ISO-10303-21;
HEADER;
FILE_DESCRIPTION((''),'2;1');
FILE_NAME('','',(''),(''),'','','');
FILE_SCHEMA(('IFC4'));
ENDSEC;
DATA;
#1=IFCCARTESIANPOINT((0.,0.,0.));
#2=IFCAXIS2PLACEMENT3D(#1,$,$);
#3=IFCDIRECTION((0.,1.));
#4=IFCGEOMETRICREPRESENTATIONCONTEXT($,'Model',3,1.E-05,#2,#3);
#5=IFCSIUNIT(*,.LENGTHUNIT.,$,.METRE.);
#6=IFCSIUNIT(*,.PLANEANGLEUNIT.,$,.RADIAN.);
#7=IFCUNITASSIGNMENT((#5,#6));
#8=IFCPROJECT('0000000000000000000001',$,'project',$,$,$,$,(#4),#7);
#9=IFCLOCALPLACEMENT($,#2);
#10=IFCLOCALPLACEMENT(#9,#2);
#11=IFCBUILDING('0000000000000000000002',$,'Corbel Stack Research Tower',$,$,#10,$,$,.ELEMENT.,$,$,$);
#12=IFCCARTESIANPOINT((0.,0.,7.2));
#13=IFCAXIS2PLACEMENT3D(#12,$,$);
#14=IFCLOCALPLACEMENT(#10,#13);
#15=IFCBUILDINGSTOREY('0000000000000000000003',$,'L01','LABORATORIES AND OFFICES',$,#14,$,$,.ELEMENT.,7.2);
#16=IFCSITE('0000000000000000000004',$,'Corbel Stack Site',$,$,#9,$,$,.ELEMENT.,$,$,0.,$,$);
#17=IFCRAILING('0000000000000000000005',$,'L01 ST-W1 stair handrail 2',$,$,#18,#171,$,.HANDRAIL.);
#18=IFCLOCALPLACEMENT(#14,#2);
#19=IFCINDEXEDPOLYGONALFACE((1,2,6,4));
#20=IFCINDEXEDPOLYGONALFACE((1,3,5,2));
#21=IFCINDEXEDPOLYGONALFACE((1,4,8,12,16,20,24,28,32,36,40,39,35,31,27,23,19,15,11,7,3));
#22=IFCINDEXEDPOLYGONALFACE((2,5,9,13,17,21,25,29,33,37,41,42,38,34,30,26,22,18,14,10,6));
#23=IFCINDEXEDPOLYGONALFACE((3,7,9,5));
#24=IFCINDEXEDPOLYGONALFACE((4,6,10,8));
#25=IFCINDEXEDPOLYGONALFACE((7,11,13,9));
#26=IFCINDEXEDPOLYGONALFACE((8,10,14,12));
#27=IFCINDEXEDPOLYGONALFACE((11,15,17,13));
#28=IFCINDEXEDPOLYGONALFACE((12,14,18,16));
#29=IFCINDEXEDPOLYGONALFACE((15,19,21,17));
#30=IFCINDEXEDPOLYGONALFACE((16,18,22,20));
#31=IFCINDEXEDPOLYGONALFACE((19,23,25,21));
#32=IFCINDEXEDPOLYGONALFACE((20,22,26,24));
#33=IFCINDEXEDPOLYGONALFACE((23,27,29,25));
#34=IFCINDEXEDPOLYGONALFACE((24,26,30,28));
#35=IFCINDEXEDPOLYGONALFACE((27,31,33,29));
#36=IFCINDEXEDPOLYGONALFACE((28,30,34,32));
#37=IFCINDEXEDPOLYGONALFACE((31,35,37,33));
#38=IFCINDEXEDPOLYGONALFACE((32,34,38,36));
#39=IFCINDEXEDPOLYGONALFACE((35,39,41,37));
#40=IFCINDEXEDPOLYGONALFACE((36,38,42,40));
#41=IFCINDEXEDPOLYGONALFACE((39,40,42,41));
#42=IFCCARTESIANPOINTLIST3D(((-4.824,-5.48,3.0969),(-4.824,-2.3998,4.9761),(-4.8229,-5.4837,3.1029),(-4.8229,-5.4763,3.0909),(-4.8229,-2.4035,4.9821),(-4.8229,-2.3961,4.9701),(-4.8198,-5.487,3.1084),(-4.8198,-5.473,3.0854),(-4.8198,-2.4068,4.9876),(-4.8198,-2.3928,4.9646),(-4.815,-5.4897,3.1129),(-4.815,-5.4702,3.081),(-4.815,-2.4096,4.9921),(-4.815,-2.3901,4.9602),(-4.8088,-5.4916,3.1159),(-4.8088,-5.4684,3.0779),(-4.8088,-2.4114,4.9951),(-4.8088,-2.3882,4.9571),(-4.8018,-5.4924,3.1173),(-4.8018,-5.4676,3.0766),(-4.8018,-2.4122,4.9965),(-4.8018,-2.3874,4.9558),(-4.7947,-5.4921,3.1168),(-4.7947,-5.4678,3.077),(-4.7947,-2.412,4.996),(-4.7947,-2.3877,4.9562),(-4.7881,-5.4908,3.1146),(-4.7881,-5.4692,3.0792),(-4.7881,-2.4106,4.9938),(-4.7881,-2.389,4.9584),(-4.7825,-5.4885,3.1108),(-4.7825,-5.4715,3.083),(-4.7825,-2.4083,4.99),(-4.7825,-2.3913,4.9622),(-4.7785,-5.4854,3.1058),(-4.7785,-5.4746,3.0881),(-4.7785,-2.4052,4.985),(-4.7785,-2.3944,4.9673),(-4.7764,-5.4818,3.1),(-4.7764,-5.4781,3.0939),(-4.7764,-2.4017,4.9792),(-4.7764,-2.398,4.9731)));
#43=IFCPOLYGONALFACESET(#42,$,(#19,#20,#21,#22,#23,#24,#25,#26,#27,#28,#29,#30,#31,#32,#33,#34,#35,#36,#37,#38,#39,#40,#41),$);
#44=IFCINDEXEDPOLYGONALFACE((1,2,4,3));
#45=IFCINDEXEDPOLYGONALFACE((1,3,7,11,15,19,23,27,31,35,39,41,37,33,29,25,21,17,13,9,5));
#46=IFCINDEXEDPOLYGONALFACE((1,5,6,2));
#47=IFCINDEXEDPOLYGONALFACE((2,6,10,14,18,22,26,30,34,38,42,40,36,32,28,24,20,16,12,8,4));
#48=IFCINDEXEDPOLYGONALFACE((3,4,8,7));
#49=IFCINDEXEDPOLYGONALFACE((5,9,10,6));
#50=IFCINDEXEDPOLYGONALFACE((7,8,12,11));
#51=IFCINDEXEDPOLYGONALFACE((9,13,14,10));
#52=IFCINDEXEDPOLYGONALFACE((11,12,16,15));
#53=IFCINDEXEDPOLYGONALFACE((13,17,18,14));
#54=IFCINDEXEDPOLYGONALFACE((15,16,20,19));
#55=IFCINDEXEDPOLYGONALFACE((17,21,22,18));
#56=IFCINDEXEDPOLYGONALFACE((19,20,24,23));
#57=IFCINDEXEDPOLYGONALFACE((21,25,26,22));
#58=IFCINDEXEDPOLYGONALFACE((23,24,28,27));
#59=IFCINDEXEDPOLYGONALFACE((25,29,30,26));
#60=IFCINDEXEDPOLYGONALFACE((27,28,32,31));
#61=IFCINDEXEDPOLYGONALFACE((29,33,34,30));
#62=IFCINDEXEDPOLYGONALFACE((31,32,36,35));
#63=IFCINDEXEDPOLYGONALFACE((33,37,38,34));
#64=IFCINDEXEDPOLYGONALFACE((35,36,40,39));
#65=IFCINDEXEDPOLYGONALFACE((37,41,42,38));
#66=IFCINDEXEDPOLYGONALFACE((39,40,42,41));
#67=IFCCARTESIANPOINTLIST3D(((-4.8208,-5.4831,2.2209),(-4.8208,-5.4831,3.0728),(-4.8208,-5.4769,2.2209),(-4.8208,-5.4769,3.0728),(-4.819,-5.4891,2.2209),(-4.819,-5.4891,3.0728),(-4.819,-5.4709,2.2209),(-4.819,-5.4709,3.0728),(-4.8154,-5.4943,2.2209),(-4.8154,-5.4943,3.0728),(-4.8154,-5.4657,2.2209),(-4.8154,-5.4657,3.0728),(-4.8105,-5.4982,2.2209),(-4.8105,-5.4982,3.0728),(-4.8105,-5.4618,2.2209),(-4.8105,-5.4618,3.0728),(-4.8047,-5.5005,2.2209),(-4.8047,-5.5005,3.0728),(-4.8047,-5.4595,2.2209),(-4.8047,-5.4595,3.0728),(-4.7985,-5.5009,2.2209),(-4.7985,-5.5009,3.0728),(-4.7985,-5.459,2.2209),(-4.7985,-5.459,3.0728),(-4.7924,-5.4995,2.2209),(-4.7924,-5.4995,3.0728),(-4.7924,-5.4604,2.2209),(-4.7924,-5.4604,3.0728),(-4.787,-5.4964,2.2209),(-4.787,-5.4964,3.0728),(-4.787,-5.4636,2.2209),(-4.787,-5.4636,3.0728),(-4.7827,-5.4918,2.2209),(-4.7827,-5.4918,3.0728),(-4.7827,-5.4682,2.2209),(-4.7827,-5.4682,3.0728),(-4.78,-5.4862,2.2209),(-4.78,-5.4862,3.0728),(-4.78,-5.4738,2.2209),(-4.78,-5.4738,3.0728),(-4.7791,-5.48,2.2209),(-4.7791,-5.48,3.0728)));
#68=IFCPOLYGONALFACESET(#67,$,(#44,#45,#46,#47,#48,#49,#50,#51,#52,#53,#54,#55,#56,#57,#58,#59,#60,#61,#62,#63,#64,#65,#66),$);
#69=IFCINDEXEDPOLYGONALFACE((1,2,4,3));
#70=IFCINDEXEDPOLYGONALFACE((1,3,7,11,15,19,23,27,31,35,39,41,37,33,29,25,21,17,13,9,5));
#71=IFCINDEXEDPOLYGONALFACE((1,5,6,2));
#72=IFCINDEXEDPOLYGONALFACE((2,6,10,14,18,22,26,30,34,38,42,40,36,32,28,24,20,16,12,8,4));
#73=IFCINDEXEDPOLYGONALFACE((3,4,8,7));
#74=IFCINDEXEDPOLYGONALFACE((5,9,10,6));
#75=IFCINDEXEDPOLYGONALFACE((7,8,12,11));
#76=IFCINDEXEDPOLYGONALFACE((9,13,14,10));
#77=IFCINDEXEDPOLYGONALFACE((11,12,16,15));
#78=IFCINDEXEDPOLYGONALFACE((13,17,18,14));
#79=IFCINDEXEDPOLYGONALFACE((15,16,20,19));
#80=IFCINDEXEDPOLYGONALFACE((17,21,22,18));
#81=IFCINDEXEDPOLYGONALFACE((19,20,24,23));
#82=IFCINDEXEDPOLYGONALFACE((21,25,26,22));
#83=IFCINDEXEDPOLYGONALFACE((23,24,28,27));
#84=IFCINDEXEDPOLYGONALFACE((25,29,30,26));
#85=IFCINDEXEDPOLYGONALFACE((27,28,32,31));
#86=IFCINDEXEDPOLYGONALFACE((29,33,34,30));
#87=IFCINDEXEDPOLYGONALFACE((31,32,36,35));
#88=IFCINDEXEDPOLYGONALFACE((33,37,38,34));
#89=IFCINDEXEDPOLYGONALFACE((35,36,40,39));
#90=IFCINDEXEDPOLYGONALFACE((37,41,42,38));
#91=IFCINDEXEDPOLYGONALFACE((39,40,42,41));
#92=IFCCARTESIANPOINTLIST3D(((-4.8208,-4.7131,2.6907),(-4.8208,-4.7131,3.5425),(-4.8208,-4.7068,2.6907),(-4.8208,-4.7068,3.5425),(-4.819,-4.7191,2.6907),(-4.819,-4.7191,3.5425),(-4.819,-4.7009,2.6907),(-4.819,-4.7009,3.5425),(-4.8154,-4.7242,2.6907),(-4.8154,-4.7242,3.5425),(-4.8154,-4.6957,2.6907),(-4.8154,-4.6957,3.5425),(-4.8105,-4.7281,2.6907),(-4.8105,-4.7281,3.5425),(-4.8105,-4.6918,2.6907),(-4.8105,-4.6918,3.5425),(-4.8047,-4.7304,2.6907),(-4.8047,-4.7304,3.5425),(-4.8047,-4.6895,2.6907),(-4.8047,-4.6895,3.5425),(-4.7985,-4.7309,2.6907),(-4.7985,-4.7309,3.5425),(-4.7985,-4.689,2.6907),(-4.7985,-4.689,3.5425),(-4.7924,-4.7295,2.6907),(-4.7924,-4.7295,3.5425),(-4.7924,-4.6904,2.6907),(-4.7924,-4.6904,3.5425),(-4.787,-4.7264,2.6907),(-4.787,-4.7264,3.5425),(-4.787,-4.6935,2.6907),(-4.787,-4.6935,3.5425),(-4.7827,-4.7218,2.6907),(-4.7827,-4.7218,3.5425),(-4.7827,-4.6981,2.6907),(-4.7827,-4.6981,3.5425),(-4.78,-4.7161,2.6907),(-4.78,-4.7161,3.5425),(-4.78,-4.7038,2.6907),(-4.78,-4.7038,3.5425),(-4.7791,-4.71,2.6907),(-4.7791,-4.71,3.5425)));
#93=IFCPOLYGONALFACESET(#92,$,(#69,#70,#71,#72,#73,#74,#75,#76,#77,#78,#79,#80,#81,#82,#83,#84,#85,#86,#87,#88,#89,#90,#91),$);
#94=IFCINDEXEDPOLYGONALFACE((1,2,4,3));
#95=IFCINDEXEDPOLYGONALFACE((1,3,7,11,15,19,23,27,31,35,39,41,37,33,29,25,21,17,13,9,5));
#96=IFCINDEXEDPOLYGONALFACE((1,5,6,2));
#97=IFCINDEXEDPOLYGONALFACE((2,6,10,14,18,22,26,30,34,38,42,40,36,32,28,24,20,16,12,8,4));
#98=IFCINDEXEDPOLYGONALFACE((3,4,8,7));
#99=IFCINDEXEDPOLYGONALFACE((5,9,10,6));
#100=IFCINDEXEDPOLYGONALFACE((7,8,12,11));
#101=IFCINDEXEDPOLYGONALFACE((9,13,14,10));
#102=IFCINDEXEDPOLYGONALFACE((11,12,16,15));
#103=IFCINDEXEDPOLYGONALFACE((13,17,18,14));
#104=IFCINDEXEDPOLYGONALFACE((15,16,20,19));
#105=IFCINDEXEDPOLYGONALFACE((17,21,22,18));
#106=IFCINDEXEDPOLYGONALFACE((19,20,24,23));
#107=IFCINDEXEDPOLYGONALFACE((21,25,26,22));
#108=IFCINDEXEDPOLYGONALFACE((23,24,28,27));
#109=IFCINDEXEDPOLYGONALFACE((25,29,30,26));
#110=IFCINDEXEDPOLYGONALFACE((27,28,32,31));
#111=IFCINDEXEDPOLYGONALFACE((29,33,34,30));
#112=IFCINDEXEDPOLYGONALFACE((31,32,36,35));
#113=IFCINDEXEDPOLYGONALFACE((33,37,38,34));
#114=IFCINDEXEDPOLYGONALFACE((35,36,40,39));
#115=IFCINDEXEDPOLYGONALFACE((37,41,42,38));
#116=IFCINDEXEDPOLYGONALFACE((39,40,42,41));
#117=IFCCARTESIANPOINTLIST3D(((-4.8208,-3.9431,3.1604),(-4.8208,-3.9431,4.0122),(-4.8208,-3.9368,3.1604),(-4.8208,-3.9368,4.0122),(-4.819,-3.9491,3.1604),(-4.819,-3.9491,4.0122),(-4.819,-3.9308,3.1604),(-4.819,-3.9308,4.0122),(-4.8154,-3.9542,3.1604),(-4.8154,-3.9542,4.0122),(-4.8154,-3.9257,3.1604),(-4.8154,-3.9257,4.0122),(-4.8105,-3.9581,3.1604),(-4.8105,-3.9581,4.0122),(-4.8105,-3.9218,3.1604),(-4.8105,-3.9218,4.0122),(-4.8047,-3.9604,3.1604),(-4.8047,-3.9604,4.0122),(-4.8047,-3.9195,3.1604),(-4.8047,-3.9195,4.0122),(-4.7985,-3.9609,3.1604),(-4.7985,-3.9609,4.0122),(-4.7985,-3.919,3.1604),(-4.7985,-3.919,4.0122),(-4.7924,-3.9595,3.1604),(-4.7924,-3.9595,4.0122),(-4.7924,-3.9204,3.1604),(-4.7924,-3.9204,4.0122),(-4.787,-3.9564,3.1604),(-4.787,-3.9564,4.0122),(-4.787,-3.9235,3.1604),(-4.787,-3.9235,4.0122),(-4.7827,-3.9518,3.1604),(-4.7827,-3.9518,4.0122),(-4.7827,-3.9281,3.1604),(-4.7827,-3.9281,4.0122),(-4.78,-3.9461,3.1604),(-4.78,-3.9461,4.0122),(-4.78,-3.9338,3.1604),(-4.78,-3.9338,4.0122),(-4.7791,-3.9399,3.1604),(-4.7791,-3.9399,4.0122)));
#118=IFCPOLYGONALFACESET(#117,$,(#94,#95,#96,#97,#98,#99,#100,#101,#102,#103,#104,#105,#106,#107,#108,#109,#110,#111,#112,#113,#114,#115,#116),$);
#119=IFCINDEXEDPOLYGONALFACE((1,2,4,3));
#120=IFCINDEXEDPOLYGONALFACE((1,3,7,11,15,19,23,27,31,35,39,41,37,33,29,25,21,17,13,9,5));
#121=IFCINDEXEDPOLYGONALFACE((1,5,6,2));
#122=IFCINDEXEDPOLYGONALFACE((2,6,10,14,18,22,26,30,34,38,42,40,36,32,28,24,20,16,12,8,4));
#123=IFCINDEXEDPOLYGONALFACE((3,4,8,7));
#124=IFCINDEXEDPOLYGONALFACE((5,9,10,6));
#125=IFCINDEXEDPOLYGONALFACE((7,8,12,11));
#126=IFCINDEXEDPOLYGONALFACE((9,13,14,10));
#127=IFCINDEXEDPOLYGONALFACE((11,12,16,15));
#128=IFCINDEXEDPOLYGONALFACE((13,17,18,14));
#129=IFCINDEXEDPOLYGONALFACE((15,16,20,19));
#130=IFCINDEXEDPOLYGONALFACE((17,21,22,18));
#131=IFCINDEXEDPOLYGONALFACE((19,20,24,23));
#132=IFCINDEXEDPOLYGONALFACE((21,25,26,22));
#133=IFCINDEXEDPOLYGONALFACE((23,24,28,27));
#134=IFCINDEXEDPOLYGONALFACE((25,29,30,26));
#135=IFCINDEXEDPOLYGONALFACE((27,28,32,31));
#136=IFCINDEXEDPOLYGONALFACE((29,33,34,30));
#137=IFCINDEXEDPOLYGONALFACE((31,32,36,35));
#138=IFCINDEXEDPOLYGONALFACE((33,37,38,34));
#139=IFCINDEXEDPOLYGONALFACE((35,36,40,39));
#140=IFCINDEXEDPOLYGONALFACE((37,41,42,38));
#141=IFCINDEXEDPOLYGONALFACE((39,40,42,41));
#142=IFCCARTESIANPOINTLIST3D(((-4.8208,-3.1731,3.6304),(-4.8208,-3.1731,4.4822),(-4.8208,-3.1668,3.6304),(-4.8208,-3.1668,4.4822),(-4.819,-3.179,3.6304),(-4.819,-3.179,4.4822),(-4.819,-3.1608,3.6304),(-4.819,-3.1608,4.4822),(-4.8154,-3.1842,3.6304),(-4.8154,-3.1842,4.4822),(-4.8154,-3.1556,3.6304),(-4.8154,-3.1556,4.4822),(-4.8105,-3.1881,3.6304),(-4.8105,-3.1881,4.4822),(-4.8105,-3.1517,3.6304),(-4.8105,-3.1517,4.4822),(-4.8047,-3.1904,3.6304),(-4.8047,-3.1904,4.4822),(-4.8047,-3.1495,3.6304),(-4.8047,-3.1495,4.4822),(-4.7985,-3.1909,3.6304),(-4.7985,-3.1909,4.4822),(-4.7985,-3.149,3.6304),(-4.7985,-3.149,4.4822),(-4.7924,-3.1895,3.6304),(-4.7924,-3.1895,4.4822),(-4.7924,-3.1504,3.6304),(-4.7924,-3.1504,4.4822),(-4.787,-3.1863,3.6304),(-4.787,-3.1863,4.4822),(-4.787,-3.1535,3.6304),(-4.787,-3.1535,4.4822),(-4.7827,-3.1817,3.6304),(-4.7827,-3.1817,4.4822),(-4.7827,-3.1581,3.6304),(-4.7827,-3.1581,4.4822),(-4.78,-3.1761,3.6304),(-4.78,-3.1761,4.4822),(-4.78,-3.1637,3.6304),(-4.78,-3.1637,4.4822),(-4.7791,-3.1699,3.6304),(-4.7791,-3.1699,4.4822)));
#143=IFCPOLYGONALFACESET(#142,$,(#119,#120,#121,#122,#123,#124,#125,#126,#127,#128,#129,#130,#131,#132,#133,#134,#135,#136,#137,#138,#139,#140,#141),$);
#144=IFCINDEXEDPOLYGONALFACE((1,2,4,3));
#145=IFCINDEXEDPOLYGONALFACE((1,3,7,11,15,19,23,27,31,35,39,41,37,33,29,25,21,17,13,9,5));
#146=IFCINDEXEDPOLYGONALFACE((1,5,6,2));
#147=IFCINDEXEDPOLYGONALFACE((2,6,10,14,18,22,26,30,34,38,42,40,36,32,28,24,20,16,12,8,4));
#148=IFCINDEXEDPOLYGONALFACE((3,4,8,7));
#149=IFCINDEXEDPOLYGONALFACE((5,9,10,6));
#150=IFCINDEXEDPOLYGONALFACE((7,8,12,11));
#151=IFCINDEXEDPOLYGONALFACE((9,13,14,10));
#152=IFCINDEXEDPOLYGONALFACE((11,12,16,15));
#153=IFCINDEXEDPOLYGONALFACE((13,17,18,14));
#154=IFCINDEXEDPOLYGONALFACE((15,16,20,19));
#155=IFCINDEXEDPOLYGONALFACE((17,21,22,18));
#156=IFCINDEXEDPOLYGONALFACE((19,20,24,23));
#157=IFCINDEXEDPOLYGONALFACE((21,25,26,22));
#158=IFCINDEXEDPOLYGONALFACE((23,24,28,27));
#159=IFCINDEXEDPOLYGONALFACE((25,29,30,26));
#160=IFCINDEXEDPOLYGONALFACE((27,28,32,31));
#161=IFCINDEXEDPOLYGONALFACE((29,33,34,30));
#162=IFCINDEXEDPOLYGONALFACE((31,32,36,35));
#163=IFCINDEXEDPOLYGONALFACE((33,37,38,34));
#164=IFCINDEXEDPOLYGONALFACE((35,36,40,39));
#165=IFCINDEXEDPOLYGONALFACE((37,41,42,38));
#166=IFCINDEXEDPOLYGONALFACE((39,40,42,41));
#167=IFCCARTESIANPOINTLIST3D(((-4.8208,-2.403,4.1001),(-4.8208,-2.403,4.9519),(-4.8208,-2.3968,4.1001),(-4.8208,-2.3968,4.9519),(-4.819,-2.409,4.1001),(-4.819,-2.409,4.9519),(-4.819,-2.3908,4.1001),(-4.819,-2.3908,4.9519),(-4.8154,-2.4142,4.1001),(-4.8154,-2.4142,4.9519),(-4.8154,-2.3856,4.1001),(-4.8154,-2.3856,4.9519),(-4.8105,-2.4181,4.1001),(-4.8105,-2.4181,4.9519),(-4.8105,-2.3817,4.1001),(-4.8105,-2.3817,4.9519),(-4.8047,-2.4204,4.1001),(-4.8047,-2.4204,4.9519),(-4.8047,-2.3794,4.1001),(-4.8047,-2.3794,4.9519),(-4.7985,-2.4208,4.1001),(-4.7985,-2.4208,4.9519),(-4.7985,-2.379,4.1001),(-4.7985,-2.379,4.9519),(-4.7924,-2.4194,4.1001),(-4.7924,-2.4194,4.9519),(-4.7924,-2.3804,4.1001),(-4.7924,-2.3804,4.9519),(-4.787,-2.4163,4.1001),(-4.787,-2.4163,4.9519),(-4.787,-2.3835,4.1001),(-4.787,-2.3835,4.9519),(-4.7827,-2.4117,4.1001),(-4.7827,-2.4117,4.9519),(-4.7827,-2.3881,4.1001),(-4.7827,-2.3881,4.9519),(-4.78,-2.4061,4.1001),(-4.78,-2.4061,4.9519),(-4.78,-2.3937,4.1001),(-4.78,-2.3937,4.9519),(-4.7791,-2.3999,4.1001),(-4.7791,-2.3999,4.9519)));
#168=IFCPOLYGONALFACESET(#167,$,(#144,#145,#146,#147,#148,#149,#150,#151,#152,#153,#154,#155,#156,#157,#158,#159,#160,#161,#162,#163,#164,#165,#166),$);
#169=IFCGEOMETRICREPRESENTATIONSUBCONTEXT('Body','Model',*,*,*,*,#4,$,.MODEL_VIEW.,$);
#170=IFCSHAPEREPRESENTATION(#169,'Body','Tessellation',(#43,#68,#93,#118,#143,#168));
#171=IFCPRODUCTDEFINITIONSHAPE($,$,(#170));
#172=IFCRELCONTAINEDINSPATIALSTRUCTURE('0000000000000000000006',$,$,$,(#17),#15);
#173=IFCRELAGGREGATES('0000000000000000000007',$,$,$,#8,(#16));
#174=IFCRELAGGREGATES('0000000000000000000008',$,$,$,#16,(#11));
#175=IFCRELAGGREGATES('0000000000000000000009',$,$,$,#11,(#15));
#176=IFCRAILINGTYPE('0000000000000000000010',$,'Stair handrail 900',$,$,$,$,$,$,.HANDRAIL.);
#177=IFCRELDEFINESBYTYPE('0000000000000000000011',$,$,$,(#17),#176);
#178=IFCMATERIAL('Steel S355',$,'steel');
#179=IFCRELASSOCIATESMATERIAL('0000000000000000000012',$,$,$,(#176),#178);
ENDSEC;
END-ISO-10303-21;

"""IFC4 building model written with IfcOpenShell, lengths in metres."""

from ifc_helpers import new_model, si_unit, direction, frame, origin, origin_2d, place, context, subcontext, project, spatial, circle, extrude, material, type_object, element, save


model = new_model("IFC4")

# Units and contexts
model_context = context("Model", 3, precision=1e-05, world=origin(), true_north=direction((0.0, 1.0)))
body_context = subcontext(model_context, "Body", "Model", "MODEL_VIEW")
ifc_project = project(units=[si_unit("LENGTHUNIT", "METRE"), si_unit("PLANEANGLEUNIT", "RADIAN")], contexts=[model_context])

# Site, building, storey
site_placement = place(None, origin())
site = spatial("IfcSite", under=ifc_project, at=site_placement, Name="Corbel Stack Site", CompositionType="ELEMENT", RefElevation=0.0)
building_placement = place(site_placement, origin())
building = spatial("IfcBuilding", under=site, at=building_placement, Name="Corbel Stack Research Tower", CompositionType="ELEMENT")
storey_placement = place(building_placement, frame((0.0, 0.0, 7.2)))
storey = spatial("IfcBuildingStorey", under=building, at=storey_placement, Name="L01", Description="LABORATORIES AND OFFICES", CompositionType="ELEMENT", Elevation=7.2)

# Railing
ifc_material_1 = material(Name="Steel S355", Category="steel")
railing_type_1 = type_object("IfcRailingType", Name="Stair handrail 900", PredefinedType="HANDRAIL", material=ifc_material_1)
railing_1_placement = place(storey_placement, frame((-4.8, -5.48, 2.2209)))
element("IfcRailing", 1, at=railing_1_placement, inside=storey, type_object=railing_type_1, Name="L01 ST-W1 stair handrail 2", PredefinedType="HANDRAIL", context=body_context, shape_type="SweptSolid", body=[
    extrude(circle(Radius=0.0239, at=origin_2d()), frame((0.0, 0.0, 0.876), z_axis=(0.0, 0.853666, 0.52082), x_axis=(-1.0, 0.0, 0.0)), (0.0, 0.0, 1.0), 3.6082),
    extrude(circle(Radius=0.021, at=origin_2d()), origin(), (0.0, 0.0, 1.0), 0.8518),
    extrude(circle(Radius=0.021, at=origin_2d()), frame((0.0, 0.77, 0.4697)), (0.0, 0.0, 1.0), 0.8518),
    extrude(circle(Radius=0.021, at=origin_2d()), frame((0.0, 1.54, 0.9395)), (0.0, 0.0, 1.0), 0.8518),
    extrude(circle(Radius=0.021, at=origin_2d()), frame((0.0, 2.3101, 1.4094)), (0.0, 0.0, 1.0), 0.8518),
    extrude(circle(Radius=0.021, at=origin_2d()), frame((0.0, 3.0801, 1.8792)), (0.0, 0.0, 1.0), 0.8518),
])

save(model, "model.ifc")
